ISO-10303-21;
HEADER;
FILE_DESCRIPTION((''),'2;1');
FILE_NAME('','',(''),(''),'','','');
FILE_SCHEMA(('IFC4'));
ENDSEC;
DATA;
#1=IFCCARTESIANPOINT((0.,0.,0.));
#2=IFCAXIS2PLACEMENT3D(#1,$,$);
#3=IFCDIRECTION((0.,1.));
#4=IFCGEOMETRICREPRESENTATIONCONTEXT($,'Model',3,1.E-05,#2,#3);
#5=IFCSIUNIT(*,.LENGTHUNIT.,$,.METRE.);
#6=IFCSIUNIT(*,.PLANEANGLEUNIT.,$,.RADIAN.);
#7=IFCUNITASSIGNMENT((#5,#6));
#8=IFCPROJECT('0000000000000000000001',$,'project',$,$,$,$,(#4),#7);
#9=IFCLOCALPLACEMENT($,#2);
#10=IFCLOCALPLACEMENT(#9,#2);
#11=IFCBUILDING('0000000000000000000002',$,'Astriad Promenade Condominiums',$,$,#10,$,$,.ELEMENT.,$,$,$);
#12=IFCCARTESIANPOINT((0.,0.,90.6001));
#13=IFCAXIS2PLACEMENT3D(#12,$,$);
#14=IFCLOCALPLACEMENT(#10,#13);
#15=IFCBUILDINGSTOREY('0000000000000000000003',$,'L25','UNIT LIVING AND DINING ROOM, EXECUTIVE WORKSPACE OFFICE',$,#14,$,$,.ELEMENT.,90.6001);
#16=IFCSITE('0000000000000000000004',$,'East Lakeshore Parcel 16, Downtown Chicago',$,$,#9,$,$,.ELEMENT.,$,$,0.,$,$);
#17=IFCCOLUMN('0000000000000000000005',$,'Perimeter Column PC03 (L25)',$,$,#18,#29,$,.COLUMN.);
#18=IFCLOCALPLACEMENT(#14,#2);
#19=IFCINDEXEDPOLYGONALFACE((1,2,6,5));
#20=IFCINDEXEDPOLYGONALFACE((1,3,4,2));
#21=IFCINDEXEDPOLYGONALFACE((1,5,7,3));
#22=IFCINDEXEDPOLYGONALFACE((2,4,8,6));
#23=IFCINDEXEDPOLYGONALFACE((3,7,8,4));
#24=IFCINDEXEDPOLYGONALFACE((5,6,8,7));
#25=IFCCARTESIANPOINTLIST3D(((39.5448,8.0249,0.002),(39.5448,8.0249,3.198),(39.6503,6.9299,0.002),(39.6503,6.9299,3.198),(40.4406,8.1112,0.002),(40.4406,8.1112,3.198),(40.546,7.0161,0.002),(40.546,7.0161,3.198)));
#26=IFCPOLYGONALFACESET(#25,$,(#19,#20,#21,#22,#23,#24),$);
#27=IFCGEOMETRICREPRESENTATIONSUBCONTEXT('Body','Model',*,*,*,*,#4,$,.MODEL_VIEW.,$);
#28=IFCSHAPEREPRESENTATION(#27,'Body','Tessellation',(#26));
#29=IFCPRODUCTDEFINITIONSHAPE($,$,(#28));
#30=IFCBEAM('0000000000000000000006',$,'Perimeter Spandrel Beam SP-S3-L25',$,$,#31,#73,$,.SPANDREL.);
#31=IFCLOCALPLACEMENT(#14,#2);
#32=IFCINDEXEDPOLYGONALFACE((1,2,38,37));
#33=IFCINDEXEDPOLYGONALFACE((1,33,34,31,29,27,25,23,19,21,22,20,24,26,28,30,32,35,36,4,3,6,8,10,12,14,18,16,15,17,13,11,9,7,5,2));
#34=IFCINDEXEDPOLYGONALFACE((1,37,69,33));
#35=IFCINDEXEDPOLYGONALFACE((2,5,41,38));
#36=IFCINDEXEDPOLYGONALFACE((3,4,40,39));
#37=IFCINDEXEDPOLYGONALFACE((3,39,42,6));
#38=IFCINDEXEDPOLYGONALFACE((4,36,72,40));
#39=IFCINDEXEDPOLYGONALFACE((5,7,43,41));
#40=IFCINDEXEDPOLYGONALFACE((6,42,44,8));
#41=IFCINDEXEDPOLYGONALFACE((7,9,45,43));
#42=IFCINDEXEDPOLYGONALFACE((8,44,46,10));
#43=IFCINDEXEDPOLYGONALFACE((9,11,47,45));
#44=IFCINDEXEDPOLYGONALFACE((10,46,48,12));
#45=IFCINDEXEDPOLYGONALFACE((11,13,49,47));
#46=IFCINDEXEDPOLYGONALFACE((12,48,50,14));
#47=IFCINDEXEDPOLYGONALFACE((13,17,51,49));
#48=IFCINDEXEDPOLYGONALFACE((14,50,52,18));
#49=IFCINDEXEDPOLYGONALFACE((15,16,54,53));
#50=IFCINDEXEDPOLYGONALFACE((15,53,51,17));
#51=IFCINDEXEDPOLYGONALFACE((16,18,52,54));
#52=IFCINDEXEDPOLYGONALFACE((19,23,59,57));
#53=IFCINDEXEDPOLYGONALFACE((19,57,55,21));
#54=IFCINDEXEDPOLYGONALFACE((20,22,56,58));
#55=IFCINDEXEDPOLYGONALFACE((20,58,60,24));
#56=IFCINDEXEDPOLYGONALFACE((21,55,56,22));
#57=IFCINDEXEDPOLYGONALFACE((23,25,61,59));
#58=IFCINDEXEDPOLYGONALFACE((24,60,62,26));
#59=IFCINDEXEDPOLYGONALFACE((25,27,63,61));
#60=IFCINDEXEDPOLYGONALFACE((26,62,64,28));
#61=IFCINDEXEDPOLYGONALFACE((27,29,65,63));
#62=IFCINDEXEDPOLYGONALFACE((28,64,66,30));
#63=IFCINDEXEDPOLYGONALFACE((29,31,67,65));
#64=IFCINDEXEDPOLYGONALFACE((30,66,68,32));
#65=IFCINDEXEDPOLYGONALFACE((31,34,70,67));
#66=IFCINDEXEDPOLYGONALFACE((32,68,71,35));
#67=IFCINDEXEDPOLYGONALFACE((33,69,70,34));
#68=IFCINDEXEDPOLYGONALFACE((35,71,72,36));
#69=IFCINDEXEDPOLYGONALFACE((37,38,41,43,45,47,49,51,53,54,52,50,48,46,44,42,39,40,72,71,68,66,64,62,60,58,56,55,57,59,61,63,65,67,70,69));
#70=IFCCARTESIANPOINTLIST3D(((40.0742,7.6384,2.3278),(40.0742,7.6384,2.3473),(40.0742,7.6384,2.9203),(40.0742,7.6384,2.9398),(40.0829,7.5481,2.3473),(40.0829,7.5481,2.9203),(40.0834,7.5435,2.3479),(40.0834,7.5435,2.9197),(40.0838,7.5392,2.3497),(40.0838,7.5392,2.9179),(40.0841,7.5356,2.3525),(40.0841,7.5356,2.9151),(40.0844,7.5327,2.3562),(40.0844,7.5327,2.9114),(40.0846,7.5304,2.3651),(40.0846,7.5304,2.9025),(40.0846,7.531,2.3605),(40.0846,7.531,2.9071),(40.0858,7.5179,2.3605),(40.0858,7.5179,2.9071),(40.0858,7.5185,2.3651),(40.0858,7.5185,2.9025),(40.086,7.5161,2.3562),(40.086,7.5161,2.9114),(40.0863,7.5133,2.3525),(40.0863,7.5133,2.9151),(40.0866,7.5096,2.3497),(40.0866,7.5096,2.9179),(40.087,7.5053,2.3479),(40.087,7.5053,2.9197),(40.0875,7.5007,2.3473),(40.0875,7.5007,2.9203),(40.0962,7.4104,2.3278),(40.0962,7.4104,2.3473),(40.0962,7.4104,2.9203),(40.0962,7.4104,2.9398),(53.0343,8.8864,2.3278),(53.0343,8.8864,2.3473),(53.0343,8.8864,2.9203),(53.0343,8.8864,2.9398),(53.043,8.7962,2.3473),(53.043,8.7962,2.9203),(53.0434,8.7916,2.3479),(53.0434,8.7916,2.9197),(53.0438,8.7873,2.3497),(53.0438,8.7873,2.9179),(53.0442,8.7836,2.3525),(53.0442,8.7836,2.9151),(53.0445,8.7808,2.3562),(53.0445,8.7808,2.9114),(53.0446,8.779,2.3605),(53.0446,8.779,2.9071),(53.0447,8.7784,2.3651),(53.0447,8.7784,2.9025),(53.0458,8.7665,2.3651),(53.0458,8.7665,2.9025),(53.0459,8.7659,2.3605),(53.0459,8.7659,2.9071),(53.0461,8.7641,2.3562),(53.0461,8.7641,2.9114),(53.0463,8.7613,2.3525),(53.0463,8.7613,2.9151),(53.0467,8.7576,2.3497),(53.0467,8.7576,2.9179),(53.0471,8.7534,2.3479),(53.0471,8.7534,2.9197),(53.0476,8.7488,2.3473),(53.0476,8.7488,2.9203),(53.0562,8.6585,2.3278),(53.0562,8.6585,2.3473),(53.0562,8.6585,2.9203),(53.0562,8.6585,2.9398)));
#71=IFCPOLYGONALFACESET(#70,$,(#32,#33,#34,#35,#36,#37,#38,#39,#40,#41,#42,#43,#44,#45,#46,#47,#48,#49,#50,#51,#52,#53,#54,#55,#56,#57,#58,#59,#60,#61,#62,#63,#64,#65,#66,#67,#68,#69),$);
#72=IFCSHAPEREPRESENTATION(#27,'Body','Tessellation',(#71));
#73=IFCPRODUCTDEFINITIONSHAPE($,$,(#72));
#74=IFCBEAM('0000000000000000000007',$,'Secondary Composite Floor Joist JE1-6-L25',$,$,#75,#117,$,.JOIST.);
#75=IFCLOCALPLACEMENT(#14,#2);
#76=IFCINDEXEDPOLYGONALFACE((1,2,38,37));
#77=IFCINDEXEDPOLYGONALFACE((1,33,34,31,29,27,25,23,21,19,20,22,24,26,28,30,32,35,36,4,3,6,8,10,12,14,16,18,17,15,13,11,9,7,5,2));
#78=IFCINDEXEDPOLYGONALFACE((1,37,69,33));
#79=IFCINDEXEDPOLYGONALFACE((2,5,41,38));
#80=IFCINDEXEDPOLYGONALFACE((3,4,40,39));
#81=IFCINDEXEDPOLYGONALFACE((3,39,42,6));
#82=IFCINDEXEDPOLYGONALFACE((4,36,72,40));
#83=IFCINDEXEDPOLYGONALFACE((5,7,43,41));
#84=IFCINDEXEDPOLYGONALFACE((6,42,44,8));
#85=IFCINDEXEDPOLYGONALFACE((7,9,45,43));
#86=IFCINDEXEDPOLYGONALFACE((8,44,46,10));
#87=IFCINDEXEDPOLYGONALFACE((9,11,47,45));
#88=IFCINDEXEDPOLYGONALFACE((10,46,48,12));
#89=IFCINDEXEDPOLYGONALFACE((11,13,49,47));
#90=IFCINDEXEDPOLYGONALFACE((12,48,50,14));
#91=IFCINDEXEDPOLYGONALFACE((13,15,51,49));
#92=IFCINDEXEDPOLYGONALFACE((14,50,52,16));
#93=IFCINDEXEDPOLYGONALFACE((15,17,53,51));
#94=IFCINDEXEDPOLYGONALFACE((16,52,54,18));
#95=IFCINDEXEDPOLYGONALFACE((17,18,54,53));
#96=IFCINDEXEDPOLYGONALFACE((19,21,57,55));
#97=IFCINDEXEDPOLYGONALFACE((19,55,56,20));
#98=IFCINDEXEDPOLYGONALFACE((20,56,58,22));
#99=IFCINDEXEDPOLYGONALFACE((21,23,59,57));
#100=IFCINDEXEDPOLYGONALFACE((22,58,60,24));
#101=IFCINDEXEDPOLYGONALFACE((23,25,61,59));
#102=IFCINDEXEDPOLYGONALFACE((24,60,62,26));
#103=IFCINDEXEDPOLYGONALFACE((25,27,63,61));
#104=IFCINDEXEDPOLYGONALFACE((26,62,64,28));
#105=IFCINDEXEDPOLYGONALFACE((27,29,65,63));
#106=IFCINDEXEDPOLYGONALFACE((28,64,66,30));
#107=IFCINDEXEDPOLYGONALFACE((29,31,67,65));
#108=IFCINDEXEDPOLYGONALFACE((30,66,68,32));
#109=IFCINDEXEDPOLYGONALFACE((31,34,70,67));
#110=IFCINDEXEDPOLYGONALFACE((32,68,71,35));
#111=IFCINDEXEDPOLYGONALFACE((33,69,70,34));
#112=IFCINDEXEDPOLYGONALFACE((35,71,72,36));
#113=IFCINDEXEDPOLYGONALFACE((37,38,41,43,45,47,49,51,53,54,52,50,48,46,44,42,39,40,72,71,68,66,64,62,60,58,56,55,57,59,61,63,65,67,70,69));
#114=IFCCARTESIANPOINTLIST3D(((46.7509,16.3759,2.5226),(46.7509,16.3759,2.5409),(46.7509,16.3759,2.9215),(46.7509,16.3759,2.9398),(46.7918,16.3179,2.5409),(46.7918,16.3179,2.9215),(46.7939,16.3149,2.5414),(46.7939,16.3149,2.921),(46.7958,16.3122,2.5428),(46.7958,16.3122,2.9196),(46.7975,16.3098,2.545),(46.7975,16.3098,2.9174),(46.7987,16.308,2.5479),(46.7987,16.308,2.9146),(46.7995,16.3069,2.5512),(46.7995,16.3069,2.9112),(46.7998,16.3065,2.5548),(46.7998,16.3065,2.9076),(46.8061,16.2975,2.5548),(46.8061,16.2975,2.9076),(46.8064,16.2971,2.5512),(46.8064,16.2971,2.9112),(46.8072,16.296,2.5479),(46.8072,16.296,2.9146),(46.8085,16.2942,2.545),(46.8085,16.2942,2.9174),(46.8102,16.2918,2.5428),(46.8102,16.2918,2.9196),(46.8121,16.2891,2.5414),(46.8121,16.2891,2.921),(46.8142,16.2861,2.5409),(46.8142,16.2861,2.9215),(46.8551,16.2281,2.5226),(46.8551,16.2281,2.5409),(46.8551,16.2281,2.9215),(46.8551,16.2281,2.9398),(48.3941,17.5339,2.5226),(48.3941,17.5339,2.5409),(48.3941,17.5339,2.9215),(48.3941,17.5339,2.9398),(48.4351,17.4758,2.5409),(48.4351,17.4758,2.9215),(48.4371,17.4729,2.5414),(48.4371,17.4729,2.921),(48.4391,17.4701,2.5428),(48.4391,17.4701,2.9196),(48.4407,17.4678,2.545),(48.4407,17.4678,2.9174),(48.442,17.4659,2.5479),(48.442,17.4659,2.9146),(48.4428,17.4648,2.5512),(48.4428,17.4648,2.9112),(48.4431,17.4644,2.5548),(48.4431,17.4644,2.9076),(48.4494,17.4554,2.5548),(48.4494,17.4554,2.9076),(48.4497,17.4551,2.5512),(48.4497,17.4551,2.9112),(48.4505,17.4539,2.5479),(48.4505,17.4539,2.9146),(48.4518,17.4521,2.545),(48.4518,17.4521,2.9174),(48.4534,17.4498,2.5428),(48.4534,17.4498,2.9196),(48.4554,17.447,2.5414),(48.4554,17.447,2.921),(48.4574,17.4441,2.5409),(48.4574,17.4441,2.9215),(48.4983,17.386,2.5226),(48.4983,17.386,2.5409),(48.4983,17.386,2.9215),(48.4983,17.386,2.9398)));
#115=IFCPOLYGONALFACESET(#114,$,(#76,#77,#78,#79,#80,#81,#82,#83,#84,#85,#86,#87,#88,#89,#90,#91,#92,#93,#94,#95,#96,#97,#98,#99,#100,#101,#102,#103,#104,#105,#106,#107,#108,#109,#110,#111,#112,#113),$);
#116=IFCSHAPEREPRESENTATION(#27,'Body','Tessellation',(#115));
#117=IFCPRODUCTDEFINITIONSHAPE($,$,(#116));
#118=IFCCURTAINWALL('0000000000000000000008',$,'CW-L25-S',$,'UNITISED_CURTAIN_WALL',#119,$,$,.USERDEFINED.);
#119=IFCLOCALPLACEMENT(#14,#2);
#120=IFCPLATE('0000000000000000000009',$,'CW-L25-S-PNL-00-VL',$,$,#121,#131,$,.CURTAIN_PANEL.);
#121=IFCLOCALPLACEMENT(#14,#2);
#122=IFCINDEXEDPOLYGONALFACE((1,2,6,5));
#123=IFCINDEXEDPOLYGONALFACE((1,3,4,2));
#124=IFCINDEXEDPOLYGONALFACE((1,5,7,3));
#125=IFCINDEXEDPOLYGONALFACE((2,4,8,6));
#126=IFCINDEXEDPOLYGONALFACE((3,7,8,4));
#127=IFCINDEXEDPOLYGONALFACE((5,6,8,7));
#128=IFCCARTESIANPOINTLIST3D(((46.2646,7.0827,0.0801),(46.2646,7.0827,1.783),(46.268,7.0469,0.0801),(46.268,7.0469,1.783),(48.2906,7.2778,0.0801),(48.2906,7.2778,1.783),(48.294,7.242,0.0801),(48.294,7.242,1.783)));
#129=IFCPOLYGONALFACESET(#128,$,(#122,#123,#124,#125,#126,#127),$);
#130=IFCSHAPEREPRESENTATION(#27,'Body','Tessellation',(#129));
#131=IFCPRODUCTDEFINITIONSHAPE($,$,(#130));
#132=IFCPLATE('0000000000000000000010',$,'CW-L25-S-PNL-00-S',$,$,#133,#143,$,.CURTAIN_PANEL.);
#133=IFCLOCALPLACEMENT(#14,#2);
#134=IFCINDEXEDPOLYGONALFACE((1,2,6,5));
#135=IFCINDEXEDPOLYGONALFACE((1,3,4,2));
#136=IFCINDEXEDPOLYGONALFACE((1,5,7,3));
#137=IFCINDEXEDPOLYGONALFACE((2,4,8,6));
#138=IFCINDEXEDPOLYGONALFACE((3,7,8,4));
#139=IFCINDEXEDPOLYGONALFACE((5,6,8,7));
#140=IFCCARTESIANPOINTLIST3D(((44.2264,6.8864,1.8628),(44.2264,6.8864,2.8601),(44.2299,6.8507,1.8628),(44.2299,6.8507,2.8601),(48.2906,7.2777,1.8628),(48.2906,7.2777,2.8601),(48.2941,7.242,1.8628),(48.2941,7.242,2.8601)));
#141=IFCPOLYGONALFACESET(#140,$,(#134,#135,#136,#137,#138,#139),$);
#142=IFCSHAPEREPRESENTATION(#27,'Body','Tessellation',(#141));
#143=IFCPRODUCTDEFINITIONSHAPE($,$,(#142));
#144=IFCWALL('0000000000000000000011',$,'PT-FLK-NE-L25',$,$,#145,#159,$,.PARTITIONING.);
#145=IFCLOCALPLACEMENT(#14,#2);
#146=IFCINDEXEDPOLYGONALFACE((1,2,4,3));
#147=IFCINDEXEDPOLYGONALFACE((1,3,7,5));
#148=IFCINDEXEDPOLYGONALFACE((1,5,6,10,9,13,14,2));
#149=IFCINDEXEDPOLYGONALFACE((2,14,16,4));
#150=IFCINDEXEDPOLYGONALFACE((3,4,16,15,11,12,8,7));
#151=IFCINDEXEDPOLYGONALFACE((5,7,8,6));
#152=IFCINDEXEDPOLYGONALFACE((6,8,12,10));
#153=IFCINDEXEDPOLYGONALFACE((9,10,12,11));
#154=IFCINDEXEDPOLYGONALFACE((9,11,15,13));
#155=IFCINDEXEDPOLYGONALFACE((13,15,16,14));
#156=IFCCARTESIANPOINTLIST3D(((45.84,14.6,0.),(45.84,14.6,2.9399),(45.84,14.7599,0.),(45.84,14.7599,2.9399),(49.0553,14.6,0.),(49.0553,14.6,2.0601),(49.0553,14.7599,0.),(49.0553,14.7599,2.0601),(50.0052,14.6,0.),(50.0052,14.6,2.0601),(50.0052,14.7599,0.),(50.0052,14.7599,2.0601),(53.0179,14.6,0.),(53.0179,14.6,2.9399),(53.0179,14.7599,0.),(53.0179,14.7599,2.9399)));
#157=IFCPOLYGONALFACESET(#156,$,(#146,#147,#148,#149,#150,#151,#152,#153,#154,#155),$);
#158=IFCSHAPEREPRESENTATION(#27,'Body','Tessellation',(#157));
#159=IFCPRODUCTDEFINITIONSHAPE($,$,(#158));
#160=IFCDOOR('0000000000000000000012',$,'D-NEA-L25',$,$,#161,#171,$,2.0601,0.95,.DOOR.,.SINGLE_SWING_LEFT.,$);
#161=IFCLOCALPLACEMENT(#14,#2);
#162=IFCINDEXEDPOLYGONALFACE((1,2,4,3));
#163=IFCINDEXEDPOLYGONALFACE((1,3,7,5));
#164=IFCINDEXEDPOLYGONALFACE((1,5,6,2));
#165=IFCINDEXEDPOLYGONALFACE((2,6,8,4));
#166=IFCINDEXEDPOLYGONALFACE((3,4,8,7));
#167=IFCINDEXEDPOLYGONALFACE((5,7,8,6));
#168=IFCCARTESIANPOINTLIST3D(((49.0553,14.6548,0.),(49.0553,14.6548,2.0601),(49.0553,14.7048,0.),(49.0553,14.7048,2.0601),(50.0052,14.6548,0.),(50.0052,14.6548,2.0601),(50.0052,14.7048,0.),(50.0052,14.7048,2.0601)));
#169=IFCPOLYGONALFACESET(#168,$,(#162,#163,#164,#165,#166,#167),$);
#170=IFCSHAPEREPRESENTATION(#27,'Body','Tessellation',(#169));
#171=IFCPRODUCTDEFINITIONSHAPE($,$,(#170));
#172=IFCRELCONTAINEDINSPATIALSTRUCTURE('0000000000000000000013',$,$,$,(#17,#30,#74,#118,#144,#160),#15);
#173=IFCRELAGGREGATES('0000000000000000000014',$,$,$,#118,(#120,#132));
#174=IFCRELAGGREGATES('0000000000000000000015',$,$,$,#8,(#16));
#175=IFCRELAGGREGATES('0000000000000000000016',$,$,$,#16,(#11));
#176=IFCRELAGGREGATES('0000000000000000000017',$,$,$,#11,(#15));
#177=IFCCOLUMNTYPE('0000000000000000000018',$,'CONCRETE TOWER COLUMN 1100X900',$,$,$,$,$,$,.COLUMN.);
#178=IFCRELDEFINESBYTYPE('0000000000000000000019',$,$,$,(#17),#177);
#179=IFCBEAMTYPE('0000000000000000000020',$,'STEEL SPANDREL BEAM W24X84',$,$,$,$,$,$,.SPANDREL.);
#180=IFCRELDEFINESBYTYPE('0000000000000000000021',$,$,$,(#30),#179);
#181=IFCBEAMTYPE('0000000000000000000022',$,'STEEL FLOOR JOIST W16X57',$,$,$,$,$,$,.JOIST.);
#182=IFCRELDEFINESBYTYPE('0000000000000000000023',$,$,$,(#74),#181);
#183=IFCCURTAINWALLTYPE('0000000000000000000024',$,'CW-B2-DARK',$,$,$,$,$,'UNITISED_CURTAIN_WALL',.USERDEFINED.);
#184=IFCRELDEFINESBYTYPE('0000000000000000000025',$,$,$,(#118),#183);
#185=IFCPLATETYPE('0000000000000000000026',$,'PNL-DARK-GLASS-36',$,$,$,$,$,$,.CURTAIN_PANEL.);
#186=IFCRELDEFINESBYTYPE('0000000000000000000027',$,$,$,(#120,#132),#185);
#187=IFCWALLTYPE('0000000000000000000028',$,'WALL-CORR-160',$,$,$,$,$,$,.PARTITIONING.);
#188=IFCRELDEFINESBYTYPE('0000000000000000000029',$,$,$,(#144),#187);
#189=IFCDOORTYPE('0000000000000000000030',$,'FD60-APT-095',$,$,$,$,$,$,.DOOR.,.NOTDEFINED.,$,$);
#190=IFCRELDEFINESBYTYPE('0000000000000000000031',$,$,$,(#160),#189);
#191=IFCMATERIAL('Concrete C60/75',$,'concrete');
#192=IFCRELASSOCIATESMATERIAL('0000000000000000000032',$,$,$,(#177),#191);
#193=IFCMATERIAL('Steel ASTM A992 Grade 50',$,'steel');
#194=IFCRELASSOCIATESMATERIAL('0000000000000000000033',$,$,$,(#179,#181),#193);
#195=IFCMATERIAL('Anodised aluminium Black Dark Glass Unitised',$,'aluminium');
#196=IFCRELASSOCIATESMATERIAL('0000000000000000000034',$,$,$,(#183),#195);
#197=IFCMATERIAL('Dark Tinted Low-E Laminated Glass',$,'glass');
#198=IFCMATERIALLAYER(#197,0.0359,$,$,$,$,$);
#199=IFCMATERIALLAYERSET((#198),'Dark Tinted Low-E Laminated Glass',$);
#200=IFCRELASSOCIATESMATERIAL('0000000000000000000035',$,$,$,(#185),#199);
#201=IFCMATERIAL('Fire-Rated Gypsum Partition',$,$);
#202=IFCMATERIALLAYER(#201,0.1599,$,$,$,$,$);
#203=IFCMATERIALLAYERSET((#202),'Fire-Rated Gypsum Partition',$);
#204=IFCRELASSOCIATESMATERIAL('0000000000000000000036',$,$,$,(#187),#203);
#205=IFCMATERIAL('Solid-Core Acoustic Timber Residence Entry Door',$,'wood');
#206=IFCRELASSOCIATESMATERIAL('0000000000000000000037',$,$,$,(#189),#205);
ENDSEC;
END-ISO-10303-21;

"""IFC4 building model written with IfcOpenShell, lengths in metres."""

from ifc_helpers import new_model, si_unit, direction, frame, frame_2d, origin, origin_2d, place, context, subcontext, project, spatial, rectangle, i_section, extrude, source, transform, mapped, material, layer, layer_set, material_profile, profile_set, type_object, type_shapes, element, fill, aggregate, save


model = new_model("IFC4")

# Units and contexts
model_context = context("Model", 3, precision=1e-05, world=origin(), true_north=direction((0.0, 1.0)))
body_context = subcontext(model_context, "Body", "Model", "MODEL_VIEW")
ifc_project = project(units=[si_unit("LENGTHUNIT", "METRE"), si_unit("PLANEANGLEUNIT", "RADIAN")], contexts=[model_context])

# Site, building, storey
site_placement = place(None, origin())
site = spatial("IfcSite", under=ifc_project, at=site_placement, Name="East Lakeshore Parcel 16, Downtown Chicago", CompositionType="ELEMENT", RefElevation=0.0)
building_placement = place(site_placement, origin())
building = spatial("IfcBuilding", under=site, at=building_placement, Name="Astriad Promenade Condominiums", CompositionType="ELEMENT")
storey_placement = place(building_placement, frame((0.0, 0.0, 90.6001)))
storey = spatial("IfcBuildingStorey", under=building, at=storey_placement, Name="L25", Description="UNIT LIVING AND DINING ROOM, EXECUTIVE WORKSPACE OFFICE", CompositionType="ELEMENT", Elevation=90.6001)

# Column
ifc_material_1 = material(Name="Concrete C60/75", Category="concrete")
ifc_material_profile_1 = material_profile(ifc_material_1, rectangle(XDim=0.8999, YDim=1.1001, at=origin_2d()), Name="RC-COL-1100X900")
ifc_profile_set_1 = profile_set([ifc_material_profile_1], Name="Concrete C60/75")
column_type = type_object("IfcColumnType", Name="CONCRETE TOWER COLUMN 1100X900", PredefinedType="COLUMN", material=ifc_profile_set_1)
shared_shape_1 = source(origin(), body_context, "Body", "SweptSolid", [
    extrude(rectangle(XDim=0.8999, YDim=1.1001, at=origin_2d()), origin(), (0.0, 0.0, 1.0), 3.196),
])
type_shapes(column_type, [shared_shape_1])
column_placement = place(storey_placement, frame((40.0454, 7.5205, 0.002), z_axis=(0.0, 0.0, 1.0), x_axis=(0.995396, 0.095846, 0.0)))
element("IfcColumn", 1, at=column_placement, inside=storey, type_object=column_type, Name="Perimeter Column PC03 (L25)", PredefinedType="COLUMN", context=body_context, shape_type="MappedRepresentation", body=[
    mapped(shared_shape_1, transform((0.0, 0.0, 0.0), scale=1.0)),
])

# Beams
ifc_material_2 = material(Name="Steel ASTM A992 Grade 50", Category="steel")
ifc_material_profile_2 = material_profile(ifc_material_2, i_section(OverallWidth=0.229, OverallDepth=0.6121, WebThickness=0.012, FlangeThickness=0.0195, FilletRadius=0.0178, at=origin_2d()), Name="W24X84")
ifc_profile_set_2 = profile_set([ifc_material_profile_2], Name="Steel ASTM A992 Grade 50")
beam_type_1 = type_object("IfcBeamType", Name="STEEL SPANDREL BEAM W24X84", PredefinedType="SPANDREL", material=ifc_profile_set_2)
shared_shape_2 = source(origin(), body_context, "Body", "SweptSolid", [
    extrude(i_section(OverallWidth=0.229, OverallDepth=0.6121, WebThickness=0.012, FlangeThickness=0.0195, FilletRadius=0.0178, at=origin_2d()), origin(), (0.0, 0.0, 1.0), 13.02),
])
type_shapes(beam_type_1, [shared_shape_2])
beam_1_placement = place(storey_placement, frame((40.0852, 7.5244, 2.6338), z_axis=(0.995395, 0.095857, 0.0), x_axis=(-0.095857, 0.995395, 0.0)))
element("IfcBeam", 2, at=beam_1_placement, inside=storey, type_object=beam_type_1, Name="Perimeter Spandrel Beam SP-S3-L25", PredefinedType="SPANDREL", context=body_context, shape_type="MappedRepresentation", body=[
    mapped(shared_shape_2, transform((0.0, 0.0, 0.0), scale=1.0)),
])
ifc_material_profile_3 = material_profile(ifc_material_2, i_section(OverallWidth=0.1809, OverallDepth=0.4172, WebThickness=0.011, FlangeThickness=0.0183, FilletRadius=0.0139, at=origin_2d()), Name="W16X57")
ifc_profile_set_3 = profile_set([ifc_material_profile_3], Name="Steel ASTM A992 Grade 50")
beam_type_2 = type_object("IfcBeamType", Name="STEEL FLOOR JOIST W16X57", PredefinedType="JOIST", material=ifc_profile_set_3)
shared_shape_3 = source(origin(), body_context, "Body", "SweptSolid", [
    extrude(i_section(OverallWidth=0.1809, OverallDepth=0.4172, WebThickness=0.011, FlangeThickness=0.0183, FilletRadius=0.0139, at=origin_2d()), origin(), (0.0, 0.0, 1.0), 2.0103),
])
type_shapes(beam_type_2, [shared_shape_3])
beam_2_placement = place(storey_placement, frame((46.803, 16.302, 2.7312), z_axis=(0.817442, 0.576011, 0.0), x_axis=(-0.576011, 0.817442, 0.0)))
element("IfcBeam", 3, at=beam_2_placement, inside=storey, type_object=beam_type_2, Name="Secondary Composite Floor Joist JE1-6-L25", PredefinedType="JOIST", context=body_context, shape_type="MappedRepresentation", body=[
    mapped(shared_shape_3, transform((0.0, 0.0, 0.0), scale=1.0)),
])

# Curtain wall, plates
ifc_material_3 = material(Name="Anodised aluminium Black Dark Glass Unitised", Category="aluminium")
curtain_wall_type = type_object("IfcCurtainWallType", Name="CW-B2-DARK", ElementType="UNITISED_CURTAIN_WALL", PredefinedType="USERDEFINED", material=ifc_material_3)
curtain_wall_placement = place(storey_placement, origin())
curtain_wall = element("IfcCurtainWall", 4, at=curtain_wall_placement, inside=storey, type_object=curtain_wall_type, Name="CW-L25-S", ObjectType="UNITISED_CURTAIN_WALL", PredefinedType="USERDEFINED")
ifc_material_4 = material(Name="Dark Tinted Low-E Laminated Glass", Category="glass")
ifc_layer_1 = layer(ifc_material_4, 0.0359)
ifc_layer_set_1 = layer_set([ifc_layer_1], Name="Dark Tinted Low-E Laminated Glass")
plate_type = type_object("IfcPlateType", Name="PNL-DARK-GLASS-36", PredefinedType="CURTAIN_PANEL", material=ifc_layer_set_1)
shared_shape_4 = source(origin(), body_context, "Body", "SweptSolid", [
    extrude(rectangle(XDim=2.0354, YDim=0.0359, at=origin_2d()), origin(), (0.0, 0.0, 1.0), 1.7029),
])
plate_1_placement = place(storey_placement, frame((47.2793, 7.1624, 0.0801), z_axis=(0.0, 0.0, 1.0), x_axis=(-0.995396, -0.095846, 0.0)))
plate_1 = element("IfcPlate", 5, at=plate_1_placement, type_object=plate_type, Name="CW-L25-S-PNL-00-VL", PredefinedType="CURTAIN_PANEL", context=body_context, shape_type="MappedRepresentation", body=[
    mapped(shared_shape_4, transform((0.0, 0.0, 0.0), scale=1.0)),
])
shared_shape_5 = source(origin(), body_context, "Body", "SweptSolid", [
    extrude(rectangle(XDim=4.083, YDim=0.0359, at=origin_2d()), origin(), (0.0, 0.0, 1.0), 0.9973),
])
type_shapes(plate_type, [shared_shape_4, shared_shape_5])
plate_2_placement = place(storey_placement, frame((46.2603, 7.0642, 1.8628), z_axis=(0.0, 0.0, 1.0), x_axis=(-0.995396, -0.095846, 0.0)))
plate_2 = element("IfcPlate", 6, at=plate_2_placement, type_object=plate_type, Name="CW-L25-S-PNL-00-S", PredefinedType="CURTAIN_PANEL", context=body_context, shape_type="MappedRepresentation", body=[
    mapped(shared_shape_5, transform((0.0, 0.0, 0.0), scale=1.0)),
])
aggregate(curtain_wall, [plate_1, plate_2])

# Wall, opening, door
ifc_material_5 = material(Name="Fire-Rated Gypsum Partition")
ifc_layer_2 = layer(ifc_material_5, 0.1599)
ifc_layer_set_2 = layer_set([ifc_layer_2], Name="Fire-Rated Gypsum Partition")
wall_type_1 = type_object("IfcWallType", Name="WALL-CORR-160", PredefinedType="PARTITIONING", material=ifc_layer_set_2)
wall_1_placement = place(storey_placement, frame((45.8401, 14.6799, 0.0), z_axis=(0.0, 0.0, 1.0), x_axis=(1.0, 0.0, 0.0)))
wall_1 = element("IfcWall", 7, at=wall_1_placement, inside=storey, type_object=wall_type_1, Name="PT-FLK-NE-L25", PredefinedType="PARTITIONING", context=body_context, shape_type="SweptSolid", body=[
    extrude(rectangle(XDim=7.178, YDim=0.1599, at=frame_2d((3.5889, 0.0))), origin(), (0.0, 0.0, 1.0), 2.9399),
])
opening_1_placement = place(wall_1_placement, frame((3.2151, 0.0, 0.0)))
opening_1 = element("IfcOpeningElement", 8, at=opening_1_placement, cuts=wall_1, PredefinedType="OPENING", context=body_context, shape_type="SweptSolid", body=[
    extrude(rectangle(XDim=0.95, YDim=2.0601, at=frame_2d((0.4751, 1.03))), frame((0.0, 0.0898, 0.0), z_axis=(0.0, -1.0, 0.0), x_axis=(1.0, 0.0, 0.0)), (0.0, 0.0, 1.0), 0.1799),
])
ifc_material_6 = material(Name="Solid-Core Acoustic Timber Residence Entry Door", Category="wood")
door_type_1 = type_object("IfcDoorType", Name="FD60-APT-095", OperationType="NOTDEFINED", PredefinedType="DOOR", material=ifc_material_6)
shared_shape_6 = source(origin(), body_context, "Body", "SweptSolid", [
    extrude(rectangle(XDim=0.95, YDim=2.0601, at=frame_2d((0.4751, 1.03))), frame((0.0, 0.0249, 0.0), z_axis=(0.0, -1.0, 0.0), x_axis=(1.0, 0.0, 0.0)), (0.0, 0.0, 1.0), 0.05),
])
type_shapes(door_type_1, [shared_shape_6])
door_1_placement = place(opening_1_placement, origin())
door_1 = element("IfcDoor", 9, at=door_1_placement, inside=storey, type_object=door_type_1, Name="D-NEA-L25", OperationType="SINGLE_SWING_LEFT", OverallHeight=2.0601, OverallWidth=0.95, PredefinedType="DOOR", context=body_context, shape_type="MappedRepresentation", body=[
    mapped(shared_shape_6, transform((0.0, 0.0, 0.0), scale=1.0)),
])
fill(opening_1, door_1)

save(model, "model.ifc")
